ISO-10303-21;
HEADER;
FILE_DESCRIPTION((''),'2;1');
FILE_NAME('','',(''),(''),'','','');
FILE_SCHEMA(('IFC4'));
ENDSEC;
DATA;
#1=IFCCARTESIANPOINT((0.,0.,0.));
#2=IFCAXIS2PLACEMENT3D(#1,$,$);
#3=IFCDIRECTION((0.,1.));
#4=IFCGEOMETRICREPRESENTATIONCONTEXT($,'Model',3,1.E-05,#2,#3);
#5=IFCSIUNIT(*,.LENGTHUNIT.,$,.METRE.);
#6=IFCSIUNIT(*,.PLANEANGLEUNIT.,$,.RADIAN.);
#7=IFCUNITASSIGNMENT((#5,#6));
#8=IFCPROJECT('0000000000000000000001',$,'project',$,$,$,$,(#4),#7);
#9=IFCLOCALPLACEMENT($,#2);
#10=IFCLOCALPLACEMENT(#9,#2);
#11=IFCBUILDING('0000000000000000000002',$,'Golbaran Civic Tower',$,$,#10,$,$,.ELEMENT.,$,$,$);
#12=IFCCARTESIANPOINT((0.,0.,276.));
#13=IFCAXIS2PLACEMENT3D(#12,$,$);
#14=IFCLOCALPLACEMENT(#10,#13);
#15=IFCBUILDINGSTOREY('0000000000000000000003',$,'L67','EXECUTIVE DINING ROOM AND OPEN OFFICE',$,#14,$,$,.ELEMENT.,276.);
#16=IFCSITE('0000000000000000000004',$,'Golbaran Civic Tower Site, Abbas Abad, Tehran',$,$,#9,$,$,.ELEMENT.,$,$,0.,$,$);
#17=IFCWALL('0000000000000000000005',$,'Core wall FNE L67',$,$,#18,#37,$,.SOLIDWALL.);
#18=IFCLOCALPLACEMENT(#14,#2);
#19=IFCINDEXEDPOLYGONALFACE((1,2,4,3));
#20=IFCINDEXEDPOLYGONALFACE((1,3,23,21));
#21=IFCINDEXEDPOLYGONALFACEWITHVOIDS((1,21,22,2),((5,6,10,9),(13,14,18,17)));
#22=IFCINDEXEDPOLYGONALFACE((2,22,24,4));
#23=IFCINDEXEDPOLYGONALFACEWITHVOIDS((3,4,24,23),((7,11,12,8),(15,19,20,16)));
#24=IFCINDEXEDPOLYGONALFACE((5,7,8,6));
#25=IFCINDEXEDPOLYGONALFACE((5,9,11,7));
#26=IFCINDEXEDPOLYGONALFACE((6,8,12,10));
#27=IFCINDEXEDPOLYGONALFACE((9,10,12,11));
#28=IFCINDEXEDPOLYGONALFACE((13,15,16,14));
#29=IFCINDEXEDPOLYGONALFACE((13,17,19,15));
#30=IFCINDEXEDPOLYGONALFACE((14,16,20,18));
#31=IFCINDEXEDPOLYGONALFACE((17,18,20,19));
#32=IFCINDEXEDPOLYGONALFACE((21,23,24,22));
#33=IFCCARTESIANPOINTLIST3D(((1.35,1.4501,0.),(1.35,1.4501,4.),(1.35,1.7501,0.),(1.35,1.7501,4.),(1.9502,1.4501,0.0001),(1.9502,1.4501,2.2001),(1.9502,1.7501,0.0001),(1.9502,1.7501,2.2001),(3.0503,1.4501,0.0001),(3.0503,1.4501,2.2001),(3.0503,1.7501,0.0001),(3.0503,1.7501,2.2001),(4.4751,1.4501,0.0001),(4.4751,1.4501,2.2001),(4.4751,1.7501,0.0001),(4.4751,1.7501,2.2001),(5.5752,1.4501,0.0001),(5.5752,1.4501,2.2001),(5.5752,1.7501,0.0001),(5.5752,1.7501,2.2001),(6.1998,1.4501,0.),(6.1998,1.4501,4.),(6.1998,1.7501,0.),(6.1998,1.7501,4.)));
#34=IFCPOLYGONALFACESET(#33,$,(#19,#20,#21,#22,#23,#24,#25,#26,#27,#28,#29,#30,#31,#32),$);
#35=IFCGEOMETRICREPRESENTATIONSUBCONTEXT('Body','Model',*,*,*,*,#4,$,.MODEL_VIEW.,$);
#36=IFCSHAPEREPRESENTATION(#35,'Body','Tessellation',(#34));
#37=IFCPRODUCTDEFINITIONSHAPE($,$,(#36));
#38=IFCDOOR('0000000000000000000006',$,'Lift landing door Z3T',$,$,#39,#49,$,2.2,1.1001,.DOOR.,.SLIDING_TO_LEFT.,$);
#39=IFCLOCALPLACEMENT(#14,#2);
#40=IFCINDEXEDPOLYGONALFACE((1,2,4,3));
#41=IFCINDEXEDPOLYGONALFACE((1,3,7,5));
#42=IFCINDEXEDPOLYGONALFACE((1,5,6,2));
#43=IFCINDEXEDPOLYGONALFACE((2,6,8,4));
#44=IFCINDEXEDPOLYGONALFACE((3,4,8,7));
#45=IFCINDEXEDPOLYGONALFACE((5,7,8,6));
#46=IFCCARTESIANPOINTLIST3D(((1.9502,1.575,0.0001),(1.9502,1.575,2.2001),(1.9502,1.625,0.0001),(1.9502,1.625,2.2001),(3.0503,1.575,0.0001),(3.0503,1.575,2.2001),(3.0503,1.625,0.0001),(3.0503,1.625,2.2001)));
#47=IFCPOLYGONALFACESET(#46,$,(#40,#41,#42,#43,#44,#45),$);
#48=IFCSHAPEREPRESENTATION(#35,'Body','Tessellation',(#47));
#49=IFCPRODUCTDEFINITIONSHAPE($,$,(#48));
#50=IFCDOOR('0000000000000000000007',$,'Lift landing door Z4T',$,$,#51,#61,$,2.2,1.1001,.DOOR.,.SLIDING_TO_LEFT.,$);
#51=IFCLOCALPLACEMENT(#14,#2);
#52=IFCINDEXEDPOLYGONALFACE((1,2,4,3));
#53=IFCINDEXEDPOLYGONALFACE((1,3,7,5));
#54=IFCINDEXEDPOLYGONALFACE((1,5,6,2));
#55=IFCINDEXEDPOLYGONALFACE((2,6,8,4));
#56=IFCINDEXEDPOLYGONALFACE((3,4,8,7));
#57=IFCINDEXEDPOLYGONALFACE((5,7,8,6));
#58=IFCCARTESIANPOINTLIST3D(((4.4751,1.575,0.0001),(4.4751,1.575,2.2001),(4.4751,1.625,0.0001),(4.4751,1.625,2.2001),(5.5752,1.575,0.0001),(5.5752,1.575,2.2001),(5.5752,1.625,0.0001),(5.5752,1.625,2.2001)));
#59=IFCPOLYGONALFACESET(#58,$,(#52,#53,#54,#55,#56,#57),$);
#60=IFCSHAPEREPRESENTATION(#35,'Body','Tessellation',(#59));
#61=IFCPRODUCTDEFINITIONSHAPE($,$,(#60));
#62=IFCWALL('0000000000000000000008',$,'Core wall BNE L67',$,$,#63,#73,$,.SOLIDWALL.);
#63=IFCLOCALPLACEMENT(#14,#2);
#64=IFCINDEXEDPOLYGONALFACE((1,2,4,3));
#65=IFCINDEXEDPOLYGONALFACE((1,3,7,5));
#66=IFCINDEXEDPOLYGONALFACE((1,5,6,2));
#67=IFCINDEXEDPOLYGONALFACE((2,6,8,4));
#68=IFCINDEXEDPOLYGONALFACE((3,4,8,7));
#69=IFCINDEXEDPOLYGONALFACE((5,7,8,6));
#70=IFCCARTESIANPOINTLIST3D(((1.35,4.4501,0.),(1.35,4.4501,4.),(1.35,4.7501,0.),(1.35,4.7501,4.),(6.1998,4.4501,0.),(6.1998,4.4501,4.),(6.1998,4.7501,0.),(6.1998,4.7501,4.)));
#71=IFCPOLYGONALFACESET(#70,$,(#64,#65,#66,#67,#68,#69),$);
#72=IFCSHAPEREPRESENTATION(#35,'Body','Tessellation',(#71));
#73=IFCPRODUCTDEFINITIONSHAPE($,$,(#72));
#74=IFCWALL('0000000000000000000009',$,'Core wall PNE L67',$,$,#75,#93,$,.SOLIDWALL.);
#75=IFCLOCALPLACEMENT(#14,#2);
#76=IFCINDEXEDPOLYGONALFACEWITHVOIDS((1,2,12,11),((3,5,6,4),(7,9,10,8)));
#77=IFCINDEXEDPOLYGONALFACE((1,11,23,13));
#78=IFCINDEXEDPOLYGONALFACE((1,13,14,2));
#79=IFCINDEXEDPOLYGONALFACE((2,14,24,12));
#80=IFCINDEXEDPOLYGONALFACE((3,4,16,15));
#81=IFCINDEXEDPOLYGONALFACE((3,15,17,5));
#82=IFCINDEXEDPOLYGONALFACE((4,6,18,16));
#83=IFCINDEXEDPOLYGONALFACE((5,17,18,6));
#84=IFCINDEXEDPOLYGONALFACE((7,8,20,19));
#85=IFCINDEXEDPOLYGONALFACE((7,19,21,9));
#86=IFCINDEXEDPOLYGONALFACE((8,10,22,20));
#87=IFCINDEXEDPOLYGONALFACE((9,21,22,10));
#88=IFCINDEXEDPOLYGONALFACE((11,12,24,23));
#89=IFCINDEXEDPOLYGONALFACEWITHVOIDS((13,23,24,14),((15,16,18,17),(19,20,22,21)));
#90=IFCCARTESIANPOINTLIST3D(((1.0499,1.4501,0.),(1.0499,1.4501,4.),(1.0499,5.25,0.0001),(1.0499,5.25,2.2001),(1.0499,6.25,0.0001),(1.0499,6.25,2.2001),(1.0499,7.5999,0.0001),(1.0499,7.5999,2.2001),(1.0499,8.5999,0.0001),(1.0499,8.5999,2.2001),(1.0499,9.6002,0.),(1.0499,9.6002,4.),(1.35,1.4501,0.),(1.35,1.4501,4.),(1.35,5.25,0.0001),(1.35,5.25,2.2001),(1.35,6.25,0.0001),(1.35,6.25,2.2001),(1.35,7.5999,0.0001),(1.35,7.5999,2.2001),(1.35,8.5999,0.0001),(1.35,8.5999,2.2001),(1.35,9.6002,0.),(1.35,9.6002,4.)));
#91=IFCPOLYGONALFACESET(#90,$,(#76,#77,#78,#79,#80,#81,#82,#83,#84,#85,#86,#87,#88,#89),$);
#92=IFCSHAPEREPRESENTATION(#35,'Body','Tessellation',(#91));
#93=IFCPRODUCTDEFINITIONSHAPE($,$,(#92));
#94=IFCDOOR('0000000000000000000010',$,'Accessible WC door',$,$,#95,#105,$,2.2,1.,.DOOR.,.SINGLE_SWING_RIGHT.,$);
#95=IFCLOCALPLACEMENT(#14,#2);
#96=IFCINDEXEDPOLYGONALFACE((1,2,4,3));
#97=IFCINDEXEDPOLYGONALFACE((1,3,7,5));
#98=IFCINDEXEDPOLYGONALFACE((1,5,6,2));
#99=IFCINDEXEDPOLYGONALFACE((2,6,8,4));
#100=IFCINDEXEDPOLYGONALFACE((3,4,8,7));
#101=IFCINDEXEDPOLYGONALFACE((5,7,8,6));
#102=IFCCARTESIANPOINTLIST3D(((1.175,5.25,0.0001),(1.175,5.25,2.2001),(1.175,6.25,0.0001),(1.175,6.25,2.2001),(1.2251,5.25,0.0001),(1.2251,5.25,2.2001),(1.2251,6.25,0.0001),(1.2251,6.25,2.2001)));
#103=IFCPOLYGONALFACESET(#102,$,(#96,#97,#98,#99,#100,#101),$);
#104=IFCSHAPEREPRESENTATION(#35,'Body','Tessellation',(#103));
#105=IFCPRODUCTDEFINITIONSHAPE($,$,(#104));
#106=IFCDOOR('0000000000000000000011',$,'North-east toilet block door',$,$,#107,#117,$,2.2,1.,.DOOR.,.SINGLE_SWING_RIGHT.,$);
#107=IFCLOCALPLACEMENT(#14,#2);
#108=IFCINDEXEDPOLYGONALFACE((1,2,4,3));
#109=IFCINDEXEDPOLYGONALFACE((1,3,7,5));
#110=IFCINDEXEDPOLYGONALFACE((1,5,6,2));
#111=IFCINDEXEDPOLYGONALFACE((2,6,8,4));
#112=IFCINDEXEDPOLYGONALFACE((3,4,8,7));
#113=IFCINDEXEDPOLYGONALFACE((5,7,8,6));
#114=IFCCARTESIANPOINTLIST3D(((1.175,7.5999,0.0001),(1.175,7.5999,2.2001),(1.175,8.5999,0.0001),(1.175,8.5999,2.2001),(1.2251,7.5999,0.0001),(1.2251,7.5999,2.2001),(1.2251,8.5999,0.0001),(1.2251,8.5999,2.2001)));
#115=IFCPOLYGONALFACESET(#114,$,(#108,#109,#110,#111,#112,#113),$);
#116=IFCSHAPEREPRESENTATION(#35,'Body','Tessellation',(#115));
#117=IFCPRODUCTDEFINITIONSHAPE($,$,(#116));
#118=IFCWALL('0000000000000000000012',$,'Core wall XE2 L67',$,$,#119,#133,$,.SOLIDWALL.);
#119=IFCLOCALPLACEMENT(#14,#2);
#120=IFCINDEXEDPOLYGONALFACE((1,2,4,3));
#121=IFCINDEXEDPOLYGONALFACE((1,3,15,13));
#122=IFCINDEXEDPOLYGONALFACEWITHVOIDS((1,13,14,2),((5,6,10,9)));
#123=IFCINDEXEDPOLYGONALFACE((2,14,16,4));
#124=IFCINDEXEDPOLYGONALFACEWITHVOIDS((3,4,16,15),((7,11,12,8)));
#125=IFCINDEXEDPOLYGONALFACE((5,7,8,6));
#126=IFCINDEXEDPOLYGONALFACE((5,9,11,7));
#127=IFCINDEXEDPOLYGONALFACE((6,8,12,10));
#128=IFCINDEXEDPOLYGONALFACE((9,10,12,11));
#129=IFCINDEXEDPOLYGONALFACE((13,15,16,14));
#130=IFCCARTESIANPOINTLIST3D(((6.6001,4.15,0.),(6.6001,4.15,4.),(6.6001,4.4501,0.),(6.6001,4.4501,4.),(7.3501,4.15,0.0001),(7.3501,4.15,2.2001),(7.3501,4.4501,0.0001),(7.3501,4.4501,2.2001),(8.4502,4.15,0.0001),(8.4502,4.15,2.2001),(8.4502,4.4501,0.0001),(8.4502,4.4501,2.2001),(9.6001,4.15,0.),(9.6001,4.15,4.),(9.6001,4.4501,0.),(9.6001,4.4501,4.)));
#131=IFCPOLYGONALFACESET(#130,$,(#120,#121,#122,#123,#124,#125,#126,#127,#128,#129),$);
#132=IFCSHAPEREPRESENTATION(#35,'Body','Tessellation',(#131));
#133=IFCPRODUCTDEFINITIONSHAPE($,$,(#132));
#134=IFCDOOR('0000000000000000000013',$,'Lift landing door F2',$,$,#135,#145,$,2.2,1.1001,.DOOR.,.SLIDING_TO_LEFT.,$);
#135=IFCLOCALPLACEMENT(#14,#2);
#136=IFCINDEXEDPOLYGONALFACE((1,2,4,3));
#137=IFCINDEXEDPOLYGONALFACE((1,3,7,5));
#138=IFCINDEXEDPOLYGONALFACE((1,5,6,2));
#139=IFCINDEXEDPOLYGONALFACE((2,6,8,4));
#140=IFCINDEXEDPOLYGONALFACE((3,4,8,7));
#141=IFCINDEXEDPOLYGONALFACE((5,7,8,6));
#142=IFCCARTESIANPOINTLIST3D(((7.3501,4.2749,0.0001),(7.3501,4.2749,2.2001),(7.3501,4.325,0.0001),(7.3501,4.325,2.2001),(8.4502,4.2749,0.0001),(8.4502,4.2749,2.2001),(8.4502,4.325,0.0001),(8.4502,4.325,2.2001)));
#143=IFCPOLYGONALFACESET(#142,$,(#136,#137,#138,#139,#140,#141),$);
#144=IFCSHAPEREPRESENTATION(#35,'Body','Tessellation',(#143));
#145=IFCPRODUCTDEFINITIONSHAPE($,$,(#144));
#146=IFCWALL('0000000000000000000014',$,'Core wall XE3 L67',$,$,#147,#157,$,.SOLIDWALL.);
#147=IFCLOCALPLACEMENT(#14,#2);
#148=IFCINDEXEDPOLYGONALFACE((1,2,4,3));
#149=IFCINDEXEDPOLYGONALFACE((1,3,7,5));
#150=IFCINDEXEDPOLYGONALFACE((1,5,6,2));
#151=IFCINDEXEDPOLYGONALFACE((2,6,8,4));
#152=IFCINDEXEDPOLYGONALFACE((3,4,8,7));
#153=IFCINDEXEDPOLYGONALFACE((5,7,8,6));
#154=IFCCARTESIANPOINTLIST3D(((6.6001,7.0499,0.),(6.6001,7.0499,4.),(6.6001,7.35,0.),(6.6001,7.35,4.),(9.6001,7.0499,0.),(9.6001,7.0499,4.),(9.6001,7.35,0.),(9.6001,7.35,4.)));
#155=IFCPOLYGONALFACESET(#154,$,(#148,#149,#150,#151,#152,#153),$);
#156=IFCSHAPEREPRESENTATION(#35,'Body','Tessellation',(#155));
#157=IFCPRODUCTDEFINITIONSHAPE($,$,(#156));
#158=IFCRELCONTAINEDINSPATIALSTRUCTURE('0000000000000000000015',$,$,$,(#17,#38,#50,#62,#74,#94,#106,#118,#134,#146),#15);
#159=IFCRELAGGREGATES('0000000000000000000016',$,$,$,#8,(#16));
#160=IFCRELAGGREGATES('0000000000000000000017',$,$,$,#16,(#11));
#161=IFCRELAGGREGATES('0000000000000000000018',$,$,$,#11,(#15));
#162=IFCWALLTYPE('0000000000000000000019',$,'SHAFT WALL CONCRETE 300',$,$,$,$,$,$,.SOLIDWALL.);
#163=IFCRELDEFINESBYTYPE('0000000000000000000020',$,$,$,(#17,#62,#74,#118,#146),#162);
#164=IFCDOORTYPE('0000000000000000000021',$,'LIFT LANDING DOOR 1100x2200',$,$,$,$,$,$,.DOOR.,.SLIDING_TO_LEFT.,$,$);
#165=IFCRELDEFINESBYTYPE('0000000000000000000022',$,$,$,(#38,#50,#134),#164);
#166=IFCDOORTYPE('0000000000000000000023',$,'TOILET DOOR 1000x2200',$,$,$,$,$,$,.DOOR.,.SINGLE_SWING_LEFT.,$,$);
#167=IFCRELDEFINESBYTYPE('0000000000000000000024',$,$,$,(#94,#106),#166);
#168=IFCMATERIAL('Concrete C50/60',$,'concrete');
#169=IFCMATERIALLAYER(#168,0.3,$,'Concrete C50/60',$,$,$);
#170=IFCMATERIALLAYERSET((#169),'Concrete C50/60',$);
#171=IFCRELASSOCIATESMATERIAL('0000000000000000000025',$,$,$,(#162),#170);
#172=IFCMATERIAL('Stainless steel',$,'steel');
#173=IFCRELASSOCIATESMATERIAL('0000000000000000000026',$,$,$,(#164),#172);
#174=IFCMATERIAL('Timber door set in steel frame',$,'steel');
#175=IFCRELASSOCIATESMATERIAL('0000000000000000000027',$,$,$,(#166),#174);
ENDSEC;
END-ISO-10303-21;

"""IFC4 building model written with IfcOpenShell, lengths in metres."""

from ifc_helpers import new_model, si_unit, direction, frame, frame_2d, origin, place, context, subcontext, project, spatial, rectangle, extrude, material, layer, layer_set, type_object, element, fill, save


model = new_model("IFC4")

# Units and contexts
model_context = context("Model", 3, precision=1e-05, world=origin(), true_north=direction((0.0, 1.0)))
body_context = subcontext(model_context, "Body", "Model", "MODEL_VIEW")
ifc_project = project(units=[si_unit("LENGTHUNIT", "METRE"), si_unit("PLANEANGLEUNIT", "RADIAN")], contexts=[model_context])

# Site, building, storey
site_placement = place(None, origin())
site = spatial("IfcSite", under=ifc_project, at=site_placement, Name="Golbaran Civic Tower Site, Abbas Abad, Tehran", CompositionType="ELEMENT", RefElevation=0.0)
building_placement = place(site_placement, origin())
building = spatial("IfcBuilding", under=site, at=building_placement, Name="Golbaran Civic Tower", CompositionType="ELEMENT")
storey_placement = place(building_placement, frame((0.0, 0.0, 276.0)))
storey = spatial("IfcBuildingStorey", under=building, at=storey_placement, Name="L67", Description="EXECUTIVE DINING ROOM AND OPEN OFFICE", CompositionType="ELEMENT", Elevation=276.0)

# Shared definitions
ifc_material_1 = material(Name="Timber door set in steel frame", Category="steel")

# Wall, openings, doors
ifc_material_2 = material(Name="Concrete C50/60", Category="concrete")
ifc_layer_1 = layer(ifc_material_2, 0.3, Name="Concrete C50/60")
ifc_layer_set_1 = layer_set([ifc_layer_1], Name="Concrete C50/60")
wall_type_1 = type_object("IfcWallType", Name="SHAFT WALL CONCRETE 300", PredefinedType="SOLIDWALL", material=ifc_layer_set_1)
wall_1_placement = place(storey_placement, frame((1.3501, 1.6001, 0.0), z_axis=(0.0, 0.0, 1.0), x_axis=(1.0, 0.0, 0.0)))
wall_1 = element("IfcWall", 1, at=wall_1_placement, inside=storey, type_object=wall_type_1, Name="Core wall FNE L67", PredefinedType="SOLIDWALL", context=body_context, shape_type="SweptSolid", body=[
    extrude(rectangle(XDim=4.8499, YDim=0.3, at=frame_2d((2.4248, 0.0))), origin(), (0.0, 0.0, 1.0), 4.0),
])
opening_1_placement = place(wall_1_placement, frame((0.6001, 0.0, 0.0)))
opening_1 = element("IfcOpeningElement", 2, at=opening_1_placement, cuts=wall_1, PredefinedType="OPENING", context=body_context, shape_type="SweptSolid", body=[
    extrude(rectangle(XDim=1.1001, YDim=2.2, at=frame_2d((0.55, 1.1001))), frame((0.0, 0.1599, 0.0), z_axis=(0.0, -1.0, 0.0), x_axis=(1.0, 0.0, 0.0)), (0.0, 0.0, 1.0), 0.3201),
])
opening_2_placement = place(wall_1_placement, frame((3.125, 0.0, 0.0)))
opening_2 = element("IfcOpeningElement", 3, at=opening_2_placement, cuts=wall_1, PredefinedType="OPENING", context=body_context, shape_type="SweptSolid", body=[
    extrude(rectangle(XDim=1.1001, YDim=2.2, at=frame_2d((0.55, 1.1001))), frame((0.0, 0.1599, 0.0), z_axis=(0.0, -1.0, 0.0), x_axis=(1.0, 0.0, 0.0)), (0.0, 0.0, 1.0), 0.3201),
])
ifc_material_3 = material(Name="Stainless steel", Category="steel")
door_type_1 = type_object("IfcDoorType", Name="LIFT LANDING DOOR 1100x2200", OperationType="SLIDING_TO_LEFT", PredefinedType="DOOR", material=ifc_material_3)
door_1_placement = place(opening_1_placement, origin())
door_1 = element("IfcDoor", 4, at=door_1_placement, inside=storey, type_object=door_type_1, Name="Lift landing door Z3T", OperationType="SLIDING_TO_LEFT", OverallHeight=2.2, OverallWidth=1.1001, PredefinedType="DOOR", context=body_context, shape_type="SweptSolid", body=[
    extrude(rectangle(XDim=1.1001, YDim=2.2, at=frame_2d((0.55, 1.1001))), frame((0.0, 0.0249, 0.0), z_axis=(0.0, -1.0, 0.0), x_axis=(1.0, 0.0, 0.0)), (0.0, 0.0, 1.0), 0.05),
])
fill(opening_1, door_1)
door_2_placement = place(opening_2_placement, origin())
door_2 = element("IfcDoor", 5, at=door_2_placement, inside=storey, type_object=door_type_1, Name="Lift landing door Z4T", OperationType="SLIDING_TO_LEFT", OverallHeight=2.2, OverallWidth=1.1001, PredefinedType="DOOR", context=body_context, shape_type="SweptSolid", body=[
    extrude(rectangle(XDim=1.1001, YDim=2.2, at=frame_2d((0.55, 1.1001))), frame((0.0, 0.0249, 0.0), z_axis=(0.0, -1.0, 0.0), x_axis=(1.0, 0.0, 0.0)), (0.0, 0.0, 1.0), 0.05),
])
fill(opening_2, door_2)

# Wall
wall_2_placement = place(storey_placement, frame((1.3501, 4.6001, 0.0), z_axis=(0.0, 0.0, 1.0), x_axis=(1.0, 0.0, 0.0)))
element("IfcWall", 6, at=wall_2_placement, inside=storey, type_object=wall_type_1, Name="Core wall BNE L67", PredefinedType="SOLIDWALL", context=body_context, shape_type="SweptSolid", body=[
    extrude(rectangle(XDim=4.8499, YDim=0.3, at=frame_2d((2.4248, 0.0))), origin(), (0.0, 0.0, 1.0), 4.0),
])

# Wall, openings, doors
wall_3_placement = place(storey_placement, frame((1.2, 1.45, 0.0), z_axis=(0.0, 0.0, 1.0), x_axis=(0.0, 1.0, 0.0)))
wall_3 = element("IfcWall", 7, at=wall_3_placement, inside=storey, type_object=wall_type_1, Name="Core wall PNE L67", PredefinedType="SOLIDWALL", context=body_context, shape_type="SweptSolid", body=[
    extrude(rectangle(XDim=8.1501, YDim=0.3, at=frame_2d((4.0752, 0.0))), origin(), (0.0, 0.0, 1.0), 4.0),
])
opening_3_placement = place(wall_3_placement, frame((3.8, 0.0, 0.0)))
opening_3 = element("IfcOpeningElement", 8, at=opening_3_placement, cuts=wall_3, PredefinedType="OPENING", context=body_context, shape_type="SweptSolid", body=[
    extrude(rectangle(XDim=1.0, YDim=2.2, at=frame_2d((0.5, 1.1001))), frame((0.0, 0.1599, 0.0), z_axis=(0.0, -1.0, 0.0), x_axis=(1.0, 0.0, 0.0)), (0.0, 0.0, 1.0), 0.3201),
])
opening_4_placement = place(wall_3_placement, frame((6.1499, 0.0, 0.0)))
opening_4 = element("IfcOpeningElement", 9, at=opening_4_placement, cuts=wall_3, PredefinedType="OPENING", context=body_context, shape_type="SweptSolid", body=[
    extrude(rectangle(XDim=1.0, YDim=2.2, at=frame_2d((0.5, 1.1001))), frame((0.0, 0.1599, 0.0), z_axis=(0.0, -1.0, 0.0), x_axis=(1.0, 0.0, 0.0)), (0.0, 0.0, 1.0), 0.3201),
])
door_type_2 = type_object("IfcDoorType", Name="TOILET DOOR 1000x2200", OperationType="SINGLE_SWING_LEFT", PredefinedType="DOOR", material=ifc_material_1)
door_3_placement = place(opening_3_placement, origin())
door_3 = element("IfcDoor", 10, at=door_3_placement, inside=storey, type_object=door_type_2, Name="Accessible WC door", OperationType="SINGLE_SWING_RIGHT", OverallHeight=2.2, OverallWidth=1.0, PredefinedType="DOOR", context=body_context, shape_type="SweptSolid", body=[
    extrude(rectangle(XDim=1.0, YDim=2.2, at=frame_2d((0.5, 1.1001))), frame((0.0, 0.0249, 0.0), z_axis=(0.0, -1.0, 0.0), x_axis=(1.0, 0.0, 0.0)), (0.0, 0.0, 1.0), 0.05),
])
fill(opening_3, door_3)
door_4_placement = place(opening_4_placement, origin())
door_4 = element("IfcDoor", 11, at=door_4_placement, inside=storey, type_object=door_type_2, Name="North-east toilet block door", OperationType="SINGLE_SWING_RIGHT", OverallHeight=2.2, OverallWidth=1.0, PredefinedType="DOOR", context=body_context, shape_type="SweptSolid", body=[
    extrude(rectangle(XDim=1.0, YDim=2.2, at=frame_2d((0.5, 1.1001))), frame((0.0, 0.0249, 0.0), z_axis=(0.0, -1.0, 0.0), x_axis=(1.0, 0.0, 0.0)), (0.0, 0.0, 1.0), 0.05),
])
fill(opening_4, door_4)

# Wall, opening, door
wall_4_placement = place(storey_placement, frame((6.6001, 4.3, 0.0), z_axis=(0.0, 0.0, 1.0), x_axis=(1.0, 0.0, 0.0)))
wall_4 = element("IfcWall", 12, at=wall_4_placement, inside=storey, type_object=wall_type_1, Name="Core wall XE2 L67", PredefinedType="SOLIDWALL", context=body_context, shape_type="SweptSolid", body=[
    extrude(rectangle(XDim=3.0, YDim=0.3, at=frame_2d((1.5, 0.0))), origin(), (0.0, 0.0, 1.0), 4.0),
])
opening_5_placement = place(wall_4_placement, frame((0.75, 0.0, 0.0)))
opening_5 = element("IfcOpeningElement", 13, at=opening_5_placement, cuts=wall_4, PredefinedType="OPENING", context=body_context, shape_type="SweptSolid", body=[
    extrude(rectangle(XDim=1.1001, YDim=2.2, at=frame_2d((0.55, 1.1001))), frame((0.0, 0.1599, 0.0), z_axis=(0.0, -1.0, 0.0), x_axis=(1.0, 0.0, 0.0)), (0.0, 0.0, 1.0), 0.3201),
])
door_5_placement = place(opening_5_placement, origin())
door_5 = element("IfcDoor", 14, at=door_5_placement, inside=storey, type_object=door_type_1, Name="Lift landing door F2", OperationType="SLIDING_TO_LEFT", OverallHeight=2.2, OverallWidth=1.1001, PredefinedType="DOOR", context=body_context, shape_type="SweptSolid", body=[
    extrude(rectangle(XDim=1.1001, YDim=2.2, at=frame_2d((0.55, 1.1001))), frame((0.0, 0.0249, 0.0), z_axis=(0.0, -1.0, 0.0), x_axis=(1.0, 0.0, 0.0)), (0.0, 0.0, 1.0), 0.05),
])
fill(opening_5, door_5)

# Wall
wall_5_placement = place(storey_placement, frame((6.6001, 7.2, 0.0), z_axis=(0.0, 0.0, 1.0), x_axis=(1.0, 0.0, 0.0)))
element("IfcWall", 15, at=wall_5_placement, inside=storey, type_object=wall_type_1, Name="Core wall XE3 L67", PredefinedType="SOLIDWALL", context=body_context, shape_type="SweptSolid", body=[
    extrude(rectangle(XDim=3.0, YDim=0.3, at=frame_2d((1.5, 0.0))), origin(), (0.0, 0.0, 1.0), 4.0),
])

save(model, "model.ifc")
